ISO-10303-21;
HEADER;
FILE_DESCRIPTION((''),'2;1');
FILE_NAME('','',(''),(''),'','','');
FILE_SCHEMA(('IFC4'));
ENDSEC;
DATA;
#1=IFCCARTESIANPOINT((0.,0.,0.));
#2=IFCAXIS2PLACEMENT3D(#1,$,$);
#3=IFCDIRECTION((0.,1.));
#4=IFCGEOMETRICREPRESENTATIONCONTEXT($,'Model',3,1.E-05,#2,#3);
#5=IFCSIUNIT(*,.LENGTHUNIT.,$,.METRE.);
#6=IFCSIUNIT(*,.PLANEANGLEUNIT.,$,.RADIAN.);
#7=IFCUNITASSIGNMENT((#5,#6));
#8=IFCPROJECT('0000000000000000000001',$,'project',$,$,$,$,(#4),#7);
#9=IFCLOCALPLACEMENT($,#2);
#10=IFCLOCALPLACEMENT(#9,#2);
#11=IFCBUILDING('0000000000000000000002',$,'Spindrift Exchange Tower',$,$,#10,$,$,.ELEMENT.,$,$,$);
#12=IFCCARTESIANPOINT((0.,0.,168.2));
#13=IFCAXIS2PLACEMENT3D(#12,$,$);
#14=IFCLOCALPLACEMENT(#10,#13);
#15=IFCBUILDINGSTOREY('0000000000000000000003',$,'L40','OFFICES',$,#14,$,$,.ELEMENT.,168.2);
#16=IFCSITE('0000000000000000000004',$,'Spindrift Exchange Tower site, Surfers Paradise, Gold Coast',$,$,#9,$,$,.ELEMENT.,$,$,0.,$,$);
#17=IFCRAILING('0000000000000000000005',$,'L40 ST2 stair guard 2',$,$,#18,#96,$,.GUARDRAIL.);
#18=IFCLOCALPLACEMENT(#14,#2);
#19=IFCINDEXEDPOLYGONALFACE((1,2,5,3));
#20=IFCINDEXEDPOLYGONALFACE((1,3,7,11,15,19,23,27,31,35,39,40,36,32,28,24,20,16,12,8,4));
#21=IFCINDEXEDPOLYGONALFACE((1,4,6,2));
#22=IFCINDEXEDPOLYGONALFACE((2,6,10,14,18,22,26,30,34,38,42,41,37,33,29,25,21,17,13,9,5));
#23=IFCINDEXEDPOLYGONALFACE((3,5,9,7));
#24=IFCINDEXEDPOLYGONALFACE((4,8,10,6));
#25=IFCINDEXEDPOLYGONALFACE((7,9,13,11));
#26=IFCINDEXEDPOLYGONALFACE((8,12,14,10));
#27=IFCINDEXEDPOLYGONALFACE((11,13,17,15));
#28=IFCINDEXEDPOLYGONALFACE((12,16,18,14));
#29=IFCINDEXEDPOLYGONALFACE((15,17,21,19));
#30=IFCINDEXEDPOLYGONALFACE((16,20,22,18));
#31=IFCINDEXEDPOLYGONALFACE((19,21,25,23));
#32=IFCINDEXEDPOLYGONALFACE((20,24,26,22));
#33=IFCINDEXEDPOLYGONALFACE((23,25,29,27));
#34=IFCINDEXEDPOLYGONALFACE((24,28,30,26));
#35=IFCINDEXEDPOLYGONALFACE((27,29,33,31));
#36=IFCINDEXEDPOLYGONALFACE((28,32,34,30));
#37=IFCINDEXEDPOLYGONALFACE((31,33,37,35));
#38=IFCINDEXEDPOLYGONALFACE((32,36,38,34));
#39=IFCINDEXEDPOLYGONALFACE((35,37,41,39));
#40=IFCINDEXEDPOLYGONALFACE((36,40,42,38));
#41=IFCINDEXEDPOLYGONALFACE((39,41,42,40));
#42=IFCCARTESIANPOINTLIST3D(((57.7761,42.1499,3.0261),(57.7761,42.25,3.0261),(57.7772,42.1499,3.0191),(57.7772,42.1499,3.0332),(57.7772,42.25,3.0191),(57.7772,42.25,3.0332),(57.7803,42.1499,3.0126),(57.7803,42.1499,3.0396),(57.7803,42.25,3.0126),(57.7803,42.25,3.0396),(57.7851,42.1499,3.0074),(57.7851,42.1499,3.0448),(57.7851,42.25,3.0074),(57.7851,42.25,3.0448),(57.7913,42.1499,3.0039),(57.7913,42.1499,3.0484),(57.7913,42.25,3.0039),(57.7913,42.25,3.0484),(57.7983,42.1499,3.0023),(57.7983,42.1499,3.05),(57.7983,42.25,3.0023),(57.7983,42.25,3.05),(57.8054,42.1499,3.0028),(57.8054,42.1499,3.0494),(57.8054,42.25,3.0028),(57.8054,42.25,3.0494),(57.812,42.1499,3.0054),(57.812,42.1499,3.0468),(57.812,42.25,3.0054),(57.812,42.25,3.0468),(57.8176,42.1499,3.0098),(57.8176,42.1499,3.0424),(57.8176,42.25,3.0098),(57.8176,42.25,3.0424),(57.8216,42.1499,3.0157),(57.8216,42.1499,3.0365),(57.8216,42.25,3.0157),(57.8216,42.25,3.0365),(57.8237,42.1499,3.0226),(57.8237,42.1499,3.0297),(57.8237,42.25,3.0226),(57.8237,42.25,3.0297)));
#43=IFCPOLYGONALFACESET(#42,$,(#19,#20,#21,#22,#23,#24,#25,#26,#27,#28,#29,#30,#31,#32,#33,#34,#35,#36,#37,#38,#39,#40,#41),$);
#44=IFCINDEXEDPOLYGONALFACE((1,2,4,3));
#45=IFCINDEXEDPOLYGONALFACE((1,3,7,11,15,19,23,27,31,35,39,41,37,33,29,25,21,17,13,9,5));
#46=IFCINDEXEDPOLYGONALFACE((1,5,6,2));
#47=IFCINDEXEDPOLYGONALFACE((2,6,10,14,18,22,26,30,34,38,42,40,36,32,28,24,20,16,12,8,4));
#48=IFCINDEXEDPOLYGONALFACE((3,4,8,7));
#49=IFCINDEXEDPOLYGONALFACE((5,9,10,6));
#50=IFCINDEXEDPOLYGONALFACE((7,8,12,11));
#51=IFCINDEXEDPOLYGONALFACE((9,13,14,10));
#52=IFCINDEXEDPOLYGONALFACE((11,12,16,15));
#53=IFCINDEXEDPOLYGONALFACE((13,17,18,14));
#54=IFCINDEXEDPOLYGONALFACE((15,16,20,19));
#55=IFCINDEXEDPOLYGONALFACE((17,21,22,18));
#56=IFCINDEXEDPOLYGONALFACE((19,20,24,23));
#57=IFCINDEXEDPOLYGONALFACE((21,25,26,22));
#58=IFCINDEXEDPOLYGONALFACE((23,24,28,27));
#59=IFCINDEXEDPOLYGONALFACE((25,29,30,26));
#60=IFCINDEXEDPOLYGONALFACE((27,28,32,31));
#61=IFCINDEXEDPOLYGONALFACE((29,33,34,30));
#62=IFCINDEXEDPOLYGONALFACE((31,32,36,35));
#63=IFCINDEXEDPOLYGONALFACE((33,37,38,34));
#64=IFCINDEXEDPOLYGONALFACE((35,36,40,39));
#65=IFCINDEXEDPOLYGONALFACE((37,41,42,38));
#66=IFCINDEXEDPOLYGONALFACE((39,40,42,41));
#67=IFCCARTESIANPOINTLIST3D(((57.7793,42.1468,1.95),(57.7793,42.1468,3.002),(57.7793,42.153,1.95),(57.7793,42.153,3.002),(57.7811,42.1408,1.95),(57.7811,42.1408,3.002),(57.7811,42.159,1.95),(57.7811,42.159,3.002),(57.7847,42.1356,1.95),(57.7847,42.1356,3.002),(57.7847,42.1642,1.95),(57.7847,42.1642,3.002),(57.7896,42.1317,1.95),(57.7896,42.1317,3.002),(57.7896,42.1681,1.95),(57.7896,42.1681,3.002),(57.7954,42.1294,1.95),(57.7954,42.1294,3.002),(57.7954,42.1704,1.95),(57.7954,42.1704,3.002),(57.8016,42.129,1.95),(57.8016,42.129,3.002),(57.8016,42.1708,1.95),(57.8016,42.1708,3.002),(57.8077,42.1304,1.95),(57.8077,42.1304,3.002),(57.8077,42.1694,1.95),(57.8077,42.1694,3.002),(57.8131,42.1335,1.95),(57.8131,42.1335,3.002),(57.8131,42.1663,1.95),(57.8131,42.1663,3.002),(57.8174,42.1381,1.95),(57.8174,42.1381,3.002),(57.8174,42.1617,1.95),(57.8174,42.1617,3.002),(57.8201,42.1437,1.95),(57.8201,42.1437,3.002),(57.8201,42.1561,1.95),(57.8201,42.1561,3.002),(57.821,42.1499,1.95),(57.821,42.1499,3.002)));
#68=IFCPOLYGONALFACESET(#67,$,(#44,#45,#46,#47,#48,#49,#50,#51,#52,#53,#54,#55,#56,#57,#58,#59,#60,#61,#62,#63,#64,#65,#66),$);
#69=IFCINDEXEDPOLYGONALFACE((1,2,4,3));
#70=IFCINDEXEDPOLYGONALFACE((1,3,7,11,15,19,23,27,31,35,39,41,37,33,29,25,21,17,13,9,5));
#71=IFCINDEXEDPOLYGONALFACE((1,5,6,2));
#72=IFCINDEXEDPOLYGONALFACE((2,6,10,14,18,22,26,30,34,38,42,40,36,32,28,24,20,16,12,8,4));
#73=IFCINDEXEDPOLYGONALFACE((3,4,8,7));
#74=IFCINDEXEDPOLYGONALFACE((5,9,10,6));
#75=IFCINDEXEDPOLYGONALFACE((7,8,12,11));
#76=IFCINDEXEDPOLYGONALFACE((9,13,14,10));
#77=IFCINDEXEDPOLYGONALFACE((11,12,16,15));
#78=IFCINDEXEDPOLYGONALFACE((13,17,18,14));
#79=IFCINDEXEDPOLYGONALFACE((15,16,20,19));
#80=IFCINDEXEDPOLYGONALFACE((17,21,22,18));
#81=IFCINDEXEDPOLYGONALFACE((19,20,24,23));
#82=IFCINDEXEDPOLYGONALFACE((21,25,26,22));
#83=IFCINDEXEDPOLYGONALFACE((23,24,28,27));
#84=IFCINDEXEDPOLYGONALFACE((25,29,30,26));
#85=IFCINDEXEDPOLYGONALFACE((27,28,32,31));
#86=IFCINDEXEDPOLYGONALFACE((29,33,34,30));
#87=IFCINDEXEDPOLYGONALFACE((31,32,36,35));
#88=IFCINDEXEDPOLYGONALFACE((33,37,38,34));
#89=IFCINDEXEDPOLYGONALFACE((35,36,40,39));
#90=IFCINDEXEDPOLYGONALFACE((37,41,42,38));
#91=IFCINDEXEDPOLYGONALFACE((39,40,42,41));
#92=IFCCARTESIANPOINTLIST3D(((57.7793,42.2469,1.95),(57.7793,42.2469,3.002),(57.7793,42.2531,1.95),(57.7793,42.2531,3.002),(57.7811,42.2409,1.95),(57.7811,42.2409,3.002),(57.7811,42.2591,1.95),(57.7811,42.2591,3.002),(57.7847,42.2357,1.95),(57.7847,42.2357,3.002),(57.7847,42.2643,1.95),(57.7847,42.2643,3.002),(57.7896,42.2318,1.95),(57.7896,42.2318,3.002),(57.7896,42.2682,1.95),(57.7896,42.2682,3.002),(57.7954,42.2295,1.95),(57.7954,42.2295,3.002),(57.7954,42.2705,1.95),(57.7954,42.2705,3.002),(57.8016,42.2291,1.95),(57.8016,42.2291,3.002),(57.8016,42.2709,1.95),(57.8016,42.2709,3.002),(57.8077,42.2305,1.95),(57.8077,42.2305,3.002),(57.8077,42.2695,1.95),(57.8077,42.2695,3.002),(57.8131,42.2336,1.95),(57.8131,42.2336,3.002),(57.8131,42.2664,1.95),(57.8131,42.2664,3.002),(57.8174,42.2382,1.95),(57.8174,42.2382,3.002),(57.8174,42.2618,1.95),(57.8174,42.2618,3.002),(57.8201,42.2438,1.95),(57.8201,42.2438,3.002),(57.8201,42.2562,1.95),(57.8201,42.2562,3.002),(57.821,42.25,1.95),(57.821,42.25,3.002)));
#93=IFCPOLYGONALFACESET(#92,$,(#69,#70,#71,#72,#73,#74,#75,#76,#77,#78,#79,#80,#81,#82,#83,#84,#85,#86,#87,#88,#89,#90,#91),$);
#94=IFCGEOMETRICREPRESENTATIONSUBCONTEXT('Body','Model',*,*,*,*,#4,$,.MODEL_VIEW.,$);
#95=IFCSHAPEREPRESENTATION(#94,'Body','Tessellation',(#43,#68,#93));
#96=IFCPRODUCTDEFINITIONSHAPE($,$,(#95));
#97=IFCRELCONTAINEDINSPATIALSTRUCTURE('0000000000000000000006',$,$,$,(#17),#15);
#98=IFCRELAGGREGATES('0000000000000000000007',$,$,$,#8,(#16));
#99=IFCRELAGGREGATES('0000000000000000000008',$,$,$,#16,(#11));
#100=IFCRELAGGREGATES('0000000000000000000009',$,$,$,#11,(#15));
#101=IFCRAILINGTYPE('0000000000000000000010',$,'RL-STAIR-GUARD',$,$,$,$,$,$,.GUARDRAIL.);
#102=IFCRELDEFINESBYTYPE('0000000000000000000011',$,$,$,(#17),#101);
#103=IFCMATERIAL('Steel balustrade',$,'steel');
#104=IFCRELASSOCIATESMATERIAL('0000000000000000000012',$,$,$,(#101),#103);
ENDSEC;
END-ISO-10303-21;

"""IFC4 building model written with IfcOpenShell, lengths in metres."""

from ifc_helpers import new_model, si_unit, direction, frame, origin, origin_2d, place, context, subcontext, project, spatial, circle, extrude, material, type_object, element, save


model = new_model("IFC4")

# Units and contexts
model_context = context("Model", 3, precision=1e-05, world=origin(), true_north=direction((0.0, 1.0)))
body_context = subcontext(model_context, "Body", "Model", "MODEL_VIEW")
ifc_project = project(units=[si_unit("LENGTHUNIT", "METRE"), si_unit("PLANEANGLEUNIT", "RADIAN")], contexts=[model_context])

# Site, building, storey
site_placement = place(None, origin())
site = spatial("IfcSite", under=ifc_project, at=site_placement, Name="Spindrift Exchange Tower site, Surfers Paradise, Gold Coast", CompositionType="ELEMENT", RefElevation=0.0)
building_placement = place(site_placement, origin())
building = spatial("IfcBuilding", under=site, at=building_placement, Name="Spindrift Exchange Tower", CompositionType="ELEMENT")
storey_placement = place(building_placement, frame((0.0, 0.0, 168.2)))
storey = spatial("IfcBuildingStorey", under=building, at=storey_placement, Name="L40", Description="OFFICES", CompositionType="ELEMENT", Elevation=168.2)

# Railing
ifc_material_1 = material(Name="Steel balustrade", Category="steel")
railing_type_1 = type_object("IfcRailingType", Name="RL-STAIR-GUARD", PredefinedType="GUARDRAIL", material=ifc_material_1)
railing_1_placement = place(storey_placement, frame((57.8, 42.1499, 1.95)))
element("IfcRailing", 1, at=railing_1_placement, inside=storey, type_object=railing_type_1, Name="L40 ST2 stair guard 2", PredefinedType="GUARDRAIL", context=body_context, shape_type="SweptSolid", body=[
    extrude(circle(Radius=0.0239, at=origin_2d()), frame((0.0, 0.0, 1.0762), z_axis=(0.0, 1.0, 0.0), x_axis=(-1.0, 0.0, 0.0)), (0.0, 0.0, 1.0), 0.1001),
    extrude(circle(Radius=0.021, at=origin_2d()), origin(), (0.0, 0.0, 1.0), 1.052),
    extrude(circle(Radius=0.021, at=origin_2d()), frame((0.0, 0.1001, 0.0)), (0.0, 0.0, 1.0), 1.052),
])

save(model, "model.ifc")
